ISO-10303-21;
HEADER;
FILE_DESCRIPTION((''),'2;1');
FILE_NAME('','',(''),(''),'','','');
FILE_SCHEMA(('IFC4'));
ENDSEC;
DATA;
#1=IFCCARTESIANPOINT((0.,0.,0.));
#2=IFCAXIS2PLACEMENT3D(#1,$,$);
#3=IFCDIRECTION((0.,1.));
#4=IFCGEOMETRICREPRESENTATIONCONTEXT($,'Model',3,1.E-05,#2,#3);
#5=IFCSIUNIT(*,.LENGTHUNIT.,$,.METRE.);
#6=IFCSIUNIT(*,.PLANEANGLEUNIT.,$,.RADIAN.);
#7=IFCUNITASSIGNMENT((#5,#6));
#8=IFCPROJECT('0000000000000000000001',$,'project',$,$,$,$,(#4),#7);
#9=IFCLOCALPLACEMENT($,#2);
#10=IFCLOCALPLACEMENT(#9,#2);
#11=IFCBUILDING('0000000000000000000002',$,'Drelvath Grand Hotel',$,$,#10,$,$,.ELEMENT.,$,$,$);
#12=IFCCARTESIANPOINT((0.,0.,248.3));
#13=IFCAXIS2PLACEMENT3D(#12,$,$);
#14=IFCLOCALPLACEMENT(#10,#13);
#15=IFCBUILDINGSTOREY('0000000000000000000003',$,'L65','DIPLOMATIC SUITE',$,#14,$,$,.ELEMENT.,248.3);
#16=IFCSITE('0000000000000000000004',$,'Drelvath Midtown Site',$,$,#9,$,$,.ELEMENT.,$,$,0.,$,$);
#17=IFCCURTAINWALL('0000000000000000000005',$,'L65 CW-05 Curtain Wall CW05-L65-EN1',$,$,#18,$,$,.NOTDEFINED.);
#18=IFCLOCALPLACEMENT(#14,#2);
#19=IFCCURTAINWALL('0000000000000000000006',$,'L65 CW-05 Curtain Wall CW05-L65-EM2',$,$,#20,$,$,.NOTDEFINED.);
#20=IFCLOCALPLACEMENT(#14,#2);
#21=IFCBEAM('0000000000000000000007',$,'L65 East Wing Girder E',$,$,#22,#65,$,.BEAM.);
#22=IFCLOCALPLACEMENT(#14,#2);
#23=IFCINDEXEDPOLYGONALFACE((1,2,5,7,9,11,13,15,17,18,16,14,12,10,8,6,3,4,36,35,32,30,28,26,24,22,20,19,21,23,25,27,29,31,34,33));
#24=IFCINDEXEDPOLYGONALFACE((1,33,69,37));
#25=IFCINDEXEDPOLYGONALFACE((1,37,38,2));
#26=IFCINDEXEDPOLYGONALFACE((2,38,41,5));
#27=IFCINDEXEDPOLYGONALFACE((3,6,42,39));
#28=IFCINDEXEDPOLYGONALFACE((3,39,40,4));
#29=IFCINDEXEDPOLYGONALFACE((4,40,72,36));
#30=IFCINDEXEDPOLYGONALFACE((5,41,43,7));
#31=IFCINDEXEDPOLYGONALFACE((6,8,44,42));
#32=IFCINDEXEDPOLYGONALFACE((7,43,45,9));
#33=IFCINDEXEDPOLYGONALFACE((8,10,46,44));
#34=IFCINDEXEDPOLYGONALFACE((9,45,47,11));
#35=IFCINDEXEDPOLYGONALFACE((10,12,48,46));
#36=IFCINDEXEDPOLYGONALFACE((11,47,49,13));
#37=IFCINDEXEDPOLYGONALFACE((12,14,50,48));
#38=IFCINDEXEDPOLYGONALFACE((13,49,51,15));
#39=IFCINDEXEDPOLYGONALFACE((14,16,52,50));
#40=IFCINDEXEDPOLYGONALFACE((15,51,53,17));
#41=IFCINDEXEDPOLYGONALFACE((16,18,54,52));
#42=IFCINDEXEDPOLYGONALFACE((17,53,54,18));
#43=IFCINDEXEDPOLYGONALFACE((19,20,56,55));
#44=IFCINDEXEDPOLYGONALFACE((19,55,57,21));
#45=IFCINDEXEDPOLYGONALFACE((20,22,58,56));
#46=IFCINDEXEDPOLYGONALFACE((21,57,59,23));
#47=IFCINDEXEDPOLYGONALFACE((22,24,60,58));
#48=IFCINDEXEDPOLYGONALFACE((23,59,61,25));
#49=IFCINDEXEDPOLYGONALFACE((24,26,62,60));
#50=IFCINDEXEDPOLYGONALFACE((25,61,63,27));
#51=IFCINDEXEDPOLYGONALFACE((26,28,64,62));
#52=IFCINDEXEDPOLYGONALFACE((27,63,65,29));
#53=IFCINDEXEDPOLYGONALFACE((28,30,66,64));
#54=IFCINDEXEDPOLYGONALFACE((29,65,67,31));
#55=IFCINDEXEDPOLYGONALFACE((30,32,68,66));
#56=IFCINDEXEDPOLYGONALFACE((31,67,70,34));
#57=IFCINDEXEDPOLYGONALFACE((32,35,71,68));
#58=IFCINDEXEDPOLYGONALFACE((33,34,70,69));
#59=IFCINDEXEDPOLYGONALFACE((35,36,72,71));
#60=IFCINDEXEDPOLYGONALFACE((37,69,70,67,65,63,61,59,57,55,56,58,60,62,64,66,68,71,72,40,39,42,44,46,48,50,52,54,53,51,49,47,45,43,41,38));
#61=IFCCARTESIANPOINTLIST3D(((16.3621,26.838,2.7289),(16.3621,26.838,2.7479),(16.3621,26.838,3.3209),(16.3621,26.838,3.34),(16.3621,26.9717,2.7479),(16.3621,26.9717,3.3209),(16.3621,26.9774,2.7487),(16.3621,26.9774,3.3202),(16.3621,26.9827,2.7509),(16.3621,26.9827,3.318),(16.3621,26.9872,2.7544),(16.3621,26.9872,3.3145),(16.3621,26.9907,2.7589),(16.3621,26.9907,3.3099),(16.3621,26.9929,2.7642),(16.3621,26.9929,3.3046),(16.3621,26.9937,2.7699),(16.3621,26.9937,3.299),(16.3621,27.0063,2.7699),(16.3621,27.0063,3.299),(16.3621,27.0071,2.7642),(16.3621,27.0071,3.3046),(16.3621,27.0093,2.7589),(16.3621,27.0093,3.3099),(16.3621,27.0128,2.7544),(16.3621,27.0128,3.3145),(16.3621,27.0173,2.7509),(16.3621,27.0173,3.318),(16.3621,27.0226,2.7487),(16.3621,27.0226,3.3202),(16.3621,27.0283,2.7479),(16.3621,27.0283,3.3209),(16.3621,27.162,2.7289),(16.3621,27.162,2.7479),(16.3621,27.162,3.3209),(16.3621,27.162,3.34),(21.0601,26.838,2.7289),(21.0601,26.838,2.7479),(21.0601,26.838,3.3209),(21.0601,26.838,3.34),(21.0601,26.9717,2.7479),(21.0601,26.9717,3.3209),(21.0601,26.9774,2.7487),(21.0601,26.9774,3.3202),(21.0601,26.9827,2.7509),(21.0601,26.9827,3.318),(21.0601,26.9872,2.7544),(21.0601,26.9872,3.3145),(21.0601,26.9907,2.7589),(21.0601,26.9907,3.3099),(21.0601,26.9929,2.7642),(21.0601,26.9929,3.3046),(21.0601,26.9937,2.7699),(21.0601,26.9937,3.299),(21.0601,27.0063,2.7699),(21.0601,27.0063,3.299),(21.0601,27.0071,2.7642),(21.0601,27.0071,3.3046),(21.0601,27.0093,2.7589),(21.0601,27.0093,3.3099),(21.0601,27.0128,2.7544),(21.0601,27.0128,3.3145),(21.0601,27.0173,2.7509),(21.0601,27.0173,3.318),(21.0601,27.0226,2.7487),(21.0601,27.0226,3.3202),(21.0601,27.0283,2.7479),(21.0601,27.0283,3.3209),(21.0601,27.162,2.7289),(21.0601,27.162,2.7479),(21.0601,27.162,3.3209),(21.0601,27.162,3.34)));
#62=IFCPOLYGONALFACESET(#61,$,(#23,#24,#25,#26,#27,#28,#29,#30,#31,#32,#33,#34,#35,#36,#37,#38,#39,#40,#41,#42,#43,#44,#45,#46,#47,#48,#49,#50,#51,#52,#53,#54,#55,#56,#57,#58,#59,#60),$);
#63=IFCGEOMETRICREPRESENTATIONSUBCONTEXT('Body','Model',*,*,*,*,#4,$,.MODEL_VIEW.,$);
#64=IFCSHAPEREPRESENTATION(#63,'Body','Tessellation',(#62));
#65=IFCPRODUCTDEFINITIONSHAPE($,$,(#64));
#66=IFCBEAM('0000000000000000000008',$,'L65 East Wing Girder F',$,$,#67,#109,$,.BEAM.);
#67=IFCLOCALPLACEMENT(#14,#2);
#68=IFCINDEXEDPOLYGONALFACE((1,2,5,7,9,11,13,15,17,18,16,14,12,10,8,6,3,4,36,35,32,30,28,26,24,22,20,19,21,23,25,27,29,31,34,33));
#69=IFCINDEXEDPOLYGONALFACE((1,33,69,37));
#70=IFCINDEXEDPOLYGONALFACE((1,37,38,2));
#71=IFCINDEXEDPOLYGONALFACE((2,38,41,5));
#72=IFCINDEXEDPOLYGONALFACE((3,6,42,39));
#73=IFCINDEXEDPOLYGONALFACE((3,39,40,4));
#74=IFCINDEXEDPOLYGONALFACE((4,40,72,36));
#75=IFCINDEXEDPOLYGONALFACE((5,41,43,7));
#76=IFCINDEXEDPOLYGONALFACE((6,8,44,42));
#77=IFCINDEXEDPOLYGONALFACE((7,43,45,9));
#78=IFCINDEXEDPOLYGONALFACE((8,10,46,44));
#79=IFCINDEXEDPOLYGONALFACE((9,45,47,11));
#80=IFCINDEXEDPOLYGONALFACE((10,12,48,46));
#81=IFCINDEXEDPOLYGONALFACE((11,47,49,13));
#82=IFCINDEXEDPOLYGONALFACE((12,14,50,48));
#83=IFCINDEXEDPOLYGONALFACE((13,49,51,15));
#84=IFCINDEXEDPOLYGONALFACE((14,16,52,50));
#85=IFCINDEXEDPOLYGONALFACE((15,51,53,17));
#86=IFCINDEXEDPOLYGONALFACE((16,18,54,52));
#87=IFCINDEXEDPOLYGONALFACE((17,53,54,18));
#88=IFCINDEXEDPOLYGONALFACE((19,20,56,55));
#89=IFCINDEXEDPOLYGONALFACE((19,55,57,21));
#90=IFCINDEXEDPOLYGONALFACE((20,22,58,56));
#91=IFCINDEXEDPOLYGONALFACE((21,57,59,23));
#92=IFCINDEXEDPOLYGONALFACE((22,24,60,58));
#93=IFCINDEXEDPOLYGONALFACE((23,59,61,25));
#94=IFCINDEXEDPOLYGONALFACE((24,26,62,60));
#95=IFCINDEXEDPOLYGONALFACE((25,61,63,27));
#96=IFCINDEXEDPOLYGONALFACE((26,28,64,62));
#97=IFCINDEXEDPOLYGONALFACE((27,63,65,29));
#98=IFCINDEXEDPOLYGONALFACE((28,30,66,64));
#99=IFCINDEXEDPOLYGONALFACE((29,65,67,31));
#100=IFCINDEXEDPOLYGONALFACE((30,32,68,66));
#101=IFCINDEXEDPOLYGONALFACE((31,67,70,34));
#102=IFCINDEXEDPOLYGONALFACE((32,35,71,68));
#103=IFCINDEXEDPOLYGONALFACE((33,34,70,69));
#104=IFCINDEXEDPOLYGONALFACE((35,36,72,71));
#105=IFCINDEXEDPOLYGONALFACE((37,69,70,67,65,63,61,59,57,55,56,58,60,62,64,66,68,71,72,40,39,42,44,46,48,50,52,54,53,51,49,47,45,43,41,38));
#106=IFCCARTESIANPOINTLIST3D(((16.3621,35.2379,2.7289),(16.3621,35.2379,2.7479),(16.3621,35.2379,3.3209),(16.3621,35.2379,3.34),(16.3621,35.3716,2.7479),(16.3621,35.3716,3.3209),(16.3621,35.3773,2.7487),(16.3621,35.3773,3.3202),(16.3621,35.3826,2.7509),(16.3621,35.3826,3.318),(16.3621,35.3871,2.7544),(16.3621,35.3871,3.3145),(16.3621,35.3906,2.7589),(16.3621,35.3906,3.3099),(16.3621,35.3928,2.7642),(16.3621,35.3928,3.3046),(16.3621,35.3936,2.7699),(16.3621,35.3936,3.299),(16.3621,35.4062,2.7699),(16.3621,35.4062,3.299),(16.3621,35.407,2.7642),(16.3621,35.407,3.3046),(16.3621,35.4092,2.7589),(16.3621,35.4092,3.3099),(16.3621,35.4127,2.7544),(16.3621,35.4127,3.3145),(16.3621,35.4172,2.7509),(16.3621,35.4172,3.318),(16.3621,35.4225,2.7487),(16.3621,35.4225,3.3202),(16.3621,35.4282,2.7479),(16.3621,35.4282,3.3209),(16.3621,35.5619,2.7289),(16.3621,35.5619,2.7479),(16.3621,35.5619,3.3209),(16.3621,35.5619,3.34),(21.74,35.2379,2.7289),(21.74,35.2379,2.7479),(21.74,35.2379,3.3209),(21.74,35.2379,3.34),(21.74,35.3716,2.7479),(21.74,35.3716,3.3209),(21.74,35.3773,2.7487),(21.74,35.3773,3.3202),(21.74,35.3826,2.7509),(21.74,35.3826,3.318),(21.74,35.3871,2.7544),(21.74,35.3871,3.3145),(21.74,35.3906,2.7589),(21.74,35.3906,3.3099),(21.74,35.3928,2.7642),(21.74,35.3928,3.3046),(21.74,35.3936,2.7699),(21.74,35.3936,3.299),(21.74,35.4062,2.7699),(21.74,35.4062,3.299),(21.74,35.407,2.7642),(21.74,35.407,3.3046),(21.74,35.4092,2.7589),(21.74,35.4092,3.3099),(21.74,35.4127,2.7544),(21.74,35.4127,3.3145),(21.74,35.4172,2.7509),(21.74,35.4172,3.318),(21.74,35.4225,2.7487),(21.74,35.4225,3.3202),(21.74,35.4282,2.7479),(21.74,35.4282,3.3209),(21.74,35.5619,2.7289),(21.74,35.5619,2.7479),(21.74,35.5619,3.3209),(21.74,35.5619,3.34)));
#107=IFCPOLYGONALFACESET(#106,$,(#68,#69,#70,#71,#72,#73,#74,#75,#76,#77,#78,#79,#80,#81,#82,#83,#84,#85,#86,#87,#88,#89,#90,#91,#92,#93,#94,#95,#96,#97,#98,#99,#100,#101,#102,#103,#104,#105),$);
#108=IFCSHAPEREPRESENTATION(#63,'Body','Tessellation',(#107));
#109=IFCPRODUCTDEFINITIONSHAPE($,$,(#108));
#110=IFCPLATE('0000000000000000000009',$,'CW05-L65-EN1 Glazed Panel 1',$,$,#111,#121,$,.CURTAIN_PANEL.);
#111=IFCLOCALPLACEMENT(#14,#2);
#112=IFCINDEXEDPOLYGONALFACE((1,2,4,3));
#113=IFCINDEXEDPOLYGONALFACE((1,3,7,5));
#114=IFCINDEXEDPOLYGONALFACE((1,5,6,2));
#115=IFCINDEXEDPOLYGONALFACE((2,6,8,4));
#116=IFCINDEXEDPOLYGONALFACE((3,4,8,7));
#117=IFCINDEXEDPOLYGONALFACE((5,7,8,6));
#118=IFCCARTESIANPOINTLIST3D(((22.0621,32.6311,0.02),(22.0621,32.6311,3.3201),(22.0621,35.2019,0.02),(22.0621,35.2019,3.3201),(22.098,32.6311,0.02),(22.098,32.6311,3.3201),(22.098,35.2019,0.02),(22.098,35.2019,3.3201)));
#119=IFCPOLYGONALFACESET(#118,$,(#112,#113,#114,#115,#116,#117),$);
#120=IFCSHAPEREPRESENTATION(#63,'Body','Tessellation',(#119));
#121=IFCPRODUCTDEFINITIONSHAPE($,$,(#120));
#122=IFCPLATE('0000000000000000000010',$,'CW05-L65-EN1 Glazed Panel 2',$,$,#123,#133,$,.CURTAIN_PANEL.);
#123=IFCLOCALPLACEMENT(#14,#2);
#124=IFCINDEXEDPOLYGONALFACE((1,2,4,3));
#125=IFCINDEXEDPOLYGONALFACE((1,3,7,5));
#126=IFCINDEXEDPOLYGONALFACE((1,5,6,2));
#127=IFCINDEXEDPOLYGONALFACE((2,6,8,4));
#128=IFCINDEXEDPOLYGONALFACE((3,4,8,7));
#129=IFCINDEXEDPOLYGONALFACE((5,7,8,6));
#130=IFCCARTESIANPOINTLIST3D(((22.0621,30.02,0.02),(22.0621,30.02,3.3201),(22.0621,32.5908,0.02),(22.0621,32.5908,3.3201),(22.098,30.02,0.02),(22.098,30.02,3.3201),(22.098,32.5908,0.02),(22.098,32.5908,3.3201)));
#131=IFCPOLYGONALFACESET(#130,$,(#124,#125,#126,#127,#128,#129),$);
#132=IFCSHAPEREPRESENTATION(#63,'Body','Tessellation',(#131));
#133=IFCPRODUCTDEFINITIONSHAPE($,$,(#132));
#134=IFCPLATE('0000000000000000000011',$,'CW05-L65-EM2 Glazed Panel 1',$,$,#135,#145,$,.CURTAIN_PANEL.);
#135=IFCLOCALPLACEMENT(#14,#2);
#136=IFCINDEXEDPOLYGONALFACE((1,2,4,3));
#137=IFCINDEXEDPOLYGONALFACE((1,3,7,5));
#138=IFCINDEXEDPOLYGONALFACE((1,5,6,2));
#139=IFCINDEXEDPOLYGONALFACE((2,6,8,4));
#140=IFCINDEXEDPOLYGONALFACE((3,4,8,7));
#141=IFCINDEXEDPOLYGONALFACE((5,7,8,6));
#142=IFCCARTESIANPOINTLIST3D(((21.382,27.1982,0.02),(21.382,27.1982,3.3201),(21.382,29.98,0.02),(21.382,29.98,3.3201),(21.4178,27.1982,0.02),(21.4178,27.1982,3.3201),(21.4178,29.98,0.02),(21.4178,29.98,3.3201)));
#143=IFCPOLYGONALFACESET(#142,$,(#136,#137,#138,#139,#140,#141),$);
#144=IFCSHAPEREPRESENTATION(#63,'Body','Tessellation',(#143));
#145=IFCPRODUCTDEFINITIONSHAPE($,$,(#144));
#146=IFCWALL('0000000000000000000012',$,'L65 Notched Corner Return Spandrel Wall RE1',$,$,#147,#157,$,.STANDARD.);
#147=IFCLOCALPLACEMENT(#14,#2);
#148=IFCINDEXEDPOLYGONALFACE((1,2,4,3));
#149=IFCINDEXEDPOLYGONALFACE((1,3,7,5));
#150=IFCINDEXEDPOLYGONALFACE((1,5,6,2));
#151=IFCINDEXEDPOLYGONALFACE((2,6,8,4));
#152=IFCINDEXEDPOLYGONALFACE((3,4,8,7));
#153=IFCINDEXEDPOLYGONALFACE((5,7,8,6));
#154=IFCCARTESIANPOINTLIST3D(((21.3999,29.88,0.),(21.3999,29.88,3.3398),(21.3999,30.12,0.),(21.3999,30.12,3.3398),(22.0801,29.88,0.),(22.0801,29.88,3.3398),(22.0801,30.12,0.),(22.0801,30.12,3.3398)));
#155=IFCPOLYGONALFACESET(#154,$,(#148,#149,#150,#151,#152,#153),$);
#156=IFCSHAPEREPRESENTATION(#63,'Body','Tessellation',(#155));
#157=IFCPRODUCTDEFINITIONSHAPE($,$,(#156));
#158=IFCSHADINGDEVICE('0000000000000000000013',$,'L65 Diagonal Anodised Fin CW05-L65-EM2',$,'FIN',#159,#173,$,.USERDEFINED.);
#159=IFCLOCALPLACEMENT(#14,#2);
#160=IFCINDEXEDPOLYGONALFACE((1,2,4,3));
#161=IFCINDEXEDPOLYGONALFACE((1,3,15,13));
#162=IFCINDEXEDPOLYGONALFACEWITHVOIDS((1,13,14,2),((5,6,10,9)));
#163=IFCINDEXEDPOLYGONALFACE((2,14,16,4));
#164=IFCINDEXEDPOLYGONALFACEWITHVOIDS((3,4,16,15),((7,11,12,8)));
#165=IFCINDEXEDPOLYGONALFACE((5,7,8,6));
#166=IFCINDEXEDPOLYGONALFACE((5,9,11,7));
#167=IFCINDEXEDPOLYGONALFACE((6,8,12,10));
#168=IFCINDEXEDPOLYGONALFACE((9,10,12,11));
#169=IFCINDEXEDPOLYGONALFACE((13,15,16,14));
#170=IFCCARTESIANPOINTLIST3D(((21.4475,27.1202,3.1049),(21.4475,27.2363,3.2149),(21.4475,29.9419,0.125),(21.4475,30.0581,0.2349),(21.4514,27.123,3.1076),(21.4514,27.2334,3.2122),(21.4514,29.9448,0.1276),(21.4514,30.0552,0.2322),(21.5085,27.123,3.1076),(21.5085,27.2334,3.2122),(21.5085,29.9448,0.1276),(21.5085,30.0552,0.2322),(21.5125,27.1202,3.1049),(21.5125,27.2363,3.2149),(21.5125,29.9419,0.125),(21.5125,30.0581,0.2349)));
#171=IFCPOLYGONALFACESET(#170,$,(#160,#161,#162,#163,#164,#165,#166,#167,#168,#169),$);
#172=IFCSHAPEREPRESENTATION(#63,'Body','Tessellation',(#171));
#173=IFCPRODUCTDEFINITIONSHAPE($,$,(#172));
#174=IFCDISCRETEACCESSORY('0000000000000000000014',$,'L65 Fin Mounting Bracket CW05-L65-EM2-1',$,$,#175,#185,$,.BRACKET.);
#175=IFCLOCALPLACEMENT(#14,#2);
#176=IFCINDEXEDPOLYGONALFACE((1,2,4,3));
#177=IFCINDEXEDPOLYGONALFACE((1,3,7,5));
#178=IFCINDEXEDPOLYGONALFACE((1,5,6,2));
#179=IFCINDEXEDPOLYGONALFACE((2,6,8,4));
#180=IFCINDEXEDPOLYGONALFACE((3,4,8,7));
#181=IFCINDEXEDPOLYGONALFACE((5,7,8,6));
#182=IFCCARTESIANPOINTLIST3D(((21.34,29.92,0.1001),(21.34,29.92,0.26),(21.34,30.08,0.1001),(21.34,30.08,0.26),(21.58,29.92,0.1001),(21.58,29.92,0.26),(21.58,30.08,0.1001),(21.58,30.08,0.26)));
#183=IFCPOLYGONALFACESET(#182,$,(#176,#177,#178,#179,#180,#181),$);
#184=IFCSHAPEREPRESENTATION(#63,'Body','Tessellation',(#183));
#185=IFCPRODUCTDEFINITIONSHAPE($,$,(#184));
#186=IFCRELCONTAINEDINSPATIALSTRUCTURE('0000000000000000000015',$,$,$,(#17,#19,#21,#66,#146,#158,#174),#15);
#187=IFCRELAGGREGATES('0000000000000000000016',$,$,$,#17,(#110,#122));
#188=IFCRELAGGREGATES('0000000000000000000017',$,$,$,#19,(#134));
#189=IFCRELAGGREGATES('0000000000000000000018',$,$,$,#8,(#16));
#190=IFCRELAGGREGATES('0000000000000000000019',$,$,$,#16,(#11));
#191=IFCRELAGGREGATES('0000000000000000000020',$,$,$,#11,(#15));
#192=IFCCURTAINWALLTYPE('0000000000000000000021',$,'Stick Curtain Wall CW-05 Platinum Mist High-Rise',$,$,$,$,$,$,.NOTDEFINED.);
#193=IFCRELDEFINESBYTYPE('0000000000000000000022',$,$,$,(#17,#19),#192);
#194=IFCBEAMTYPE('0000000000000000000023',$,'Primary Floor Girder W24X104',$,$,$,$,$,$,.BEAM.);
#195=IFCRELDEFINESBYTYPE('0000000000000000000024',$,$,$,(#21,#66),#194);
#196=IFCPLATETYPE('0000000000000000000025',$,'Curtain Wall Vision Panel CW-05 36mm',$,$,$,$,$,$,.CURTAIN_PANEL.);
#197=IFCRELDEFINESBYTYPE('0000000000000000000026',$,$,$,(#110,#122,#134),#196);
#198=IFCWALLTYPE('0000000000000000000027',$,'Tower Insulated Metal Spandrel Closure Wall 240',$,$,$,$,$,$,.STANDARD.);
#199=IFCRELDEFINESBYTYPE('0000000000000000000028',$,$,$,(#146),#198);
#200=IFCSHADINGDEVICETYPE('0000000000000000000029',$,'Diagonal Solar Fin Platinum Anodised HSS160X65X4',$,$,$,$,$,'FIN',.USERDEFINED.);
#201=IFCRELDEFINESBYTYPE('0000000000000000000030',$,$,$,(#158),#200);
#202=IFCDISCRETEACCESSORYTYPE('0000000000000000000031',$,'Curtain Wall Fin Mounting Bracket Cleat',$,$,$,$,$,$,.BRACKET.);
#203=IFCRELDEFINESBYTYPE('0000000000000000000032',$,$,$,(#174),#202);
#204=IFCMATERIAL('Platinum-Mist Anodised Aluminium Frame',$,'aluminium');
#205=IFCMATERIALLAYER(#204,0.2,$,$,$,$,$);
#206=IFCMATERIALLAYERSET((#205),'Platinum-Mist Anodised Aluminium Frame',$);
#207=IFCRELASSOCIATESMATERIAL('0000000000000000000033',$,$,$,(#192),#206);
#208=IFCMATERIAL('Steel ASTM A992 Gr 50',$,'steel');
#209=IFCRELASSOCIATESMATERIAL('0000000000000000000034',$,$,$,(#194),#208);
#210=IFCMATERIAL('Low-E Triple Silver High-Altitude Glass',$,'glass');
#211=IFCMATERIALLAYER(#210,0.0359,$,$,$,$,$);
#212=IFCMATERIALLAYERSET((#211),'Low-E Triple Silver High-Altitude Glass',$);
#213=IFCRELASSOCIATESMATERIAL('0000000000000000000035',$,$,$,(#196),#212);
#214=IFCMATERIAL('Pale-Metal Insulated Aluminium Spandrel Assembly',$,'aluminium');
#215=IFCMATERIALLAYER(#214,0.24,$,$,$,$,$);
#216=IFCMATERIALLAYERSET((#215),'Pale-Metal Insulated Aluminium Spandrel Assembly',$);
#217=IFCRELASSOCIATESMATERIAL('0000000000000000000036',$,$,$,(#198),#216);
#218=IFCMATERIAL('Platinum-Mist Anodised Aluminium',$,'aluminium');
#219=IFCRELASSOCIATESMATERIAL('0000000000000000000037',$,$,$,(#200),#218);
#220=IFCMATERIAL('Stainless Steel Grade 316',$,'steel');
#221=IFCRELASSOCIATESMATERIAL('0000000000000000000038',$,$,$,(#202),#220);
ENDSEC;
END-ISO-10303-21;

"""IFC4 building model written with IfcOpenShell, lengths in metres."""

from ifc_helpers import new_model, si_unit, direction, frame, frame_2d, origin, origin_2d, place, context, subcontext, project, spatial, rectangle, hollow_rectangle, i_section, extrude, material, layer, layer_set, material_profile, profile_set, type_object, element, aggregate, save


model = new_model("IFC4")

# Units and contexts
model_context = context("Model", 3, precision=1e-05, world=origin(), true_north=direction((0.0, 1.0)))
body_context = subcontext(model_context, "Body", "Model", "MODEL_VIEW")
ifc_project = project(units=[si_unit("LENGTHUNIT", "METRE"), si_unit("PLANEANGLEUNIT", "RADIAN")], contexts=[model_context])

# Site, building, storey
site_placement = place(None, origin())
site = spatial("IfcSite", under=ifc_project, at=site_placement, Name="Drelvath Midtown Site", CompositionType="ELEMENT", RefElevation=0.0)
building_placement = place(site_placement, origin())
building = spatial("IfcBuilding", under=site, at=building_placement, Name="Drelvath Grand Hotel", CompositionType="ELEMENT")
storey_placement = place(building_placement, frame((0.0, 0.0, 248.3)))
storey = spatial("IfcBuildingStorey", under=building, at=storey_placement, Name="L65", Description="DIPLOMATIC SUITE", CompositionType="ELEMENT", Elevation=248.3)

# Curtain walls
ifc_material_1 = material(Name="Platinum-Mist Anodised Aluminium Frame", Category="aluminium")
ifc_layer_1 = layer(ifc_material_1, 0.2)
ifc_layer_set_1 = layer_set([ifc_layer_1], Name="Platinum-Mist Anodised Aluminium Frame")
curtain_wall_type = type_object("IfcCurtainWallType", Name="Stick Curtain Wall CW-05 Platinum Mist High-Rise", PredefinedType="NOTDEFINED", material=ifc_layer_set_1)
curtain_wall_1_placement = place(storey_placement, origin())
curtain_wall_1 = element("IfcCurtainWall", 1, at=curtain_wall_1_placement, inside=storey, type_object=curtain_wall_type, Name="L65 CW-05 Curtain Wall CW05-L65-EN1", PredefinedType="NOTDEFINED")
curtain_wall_2_placement = place(storey_placement, origin())
curtain_wall_2 = element("IfcCurtainWall", 2, at=curtain_wall_2_placement, inside=storey, type_object=curtain_wall_type, Name="L65 CW-05 Curtain Wall CW05-L65-EM2", PredefinedType="NOTDEFINED")

# Beams
ifc_material_2 = material(Name="Steel ASTM A992 Gr 50", Category="steel")
ifc_material_profile_1 = material_profile(ifc_material_2, i_section(OverallWidth=0.324, OverallDepth=0.6111, WebThickness=0.0127, FlangeThickness=0.019, FilletRadius=0.022, at=origin_2d()), Name="W24X104")
ifc_profile_set_1 = profile_set([ifc_material_profile_1], Name="Steel ASTM A992 Gr 50")
beam_type_1 = type_object("IfcBeamType", Name="Primary Floor Girder W24X104", PredefinedType="BEAM", material=ifc_profile_set_1)
beam_1_placement = place(storey_placement, frame((16.3621, 27.0, 3.0344), z_axis=(1.0, 0.0, 0.0), x_axis=(0.0, 1.0, 0.0)))
element("IfcBeam", 3, at=beam_1_placement, inside=storey, type_object=beam_type_1, Name="L65 East Wing Girder E", PredefinedType="BEAM", context=body_context, shape_type="SweptSolid", body=[
    extrude(i_section(OverallWidth=0.324, OverallDepth=0.6111, WebThickness=0.0127, FlangeThickness=0.019, FilletRadius=0.022, at=origin_2d()), origin(), (0.0, 0.0, 1.0), 4.698),
])
beam_2_placement = place(storey_placement, frame((16.3621, 35.3999, 3.0344), z_axis=(1.0, 0.0, 0.0), x_axis=(0.0, 1.0, 0.0)))
element("IfcBeam", 4, at=beam_2_placement, inside=storey, type_object=beam_type_1, Name="L65 East Wing Girder F", PredefinedType="BEAM", context=body_context, shape_type="SweptSolid", body=[
    extrude(i_section(OverallWidth=0.324, OverallDepth=0.6111, WebThickness=0.0127, FlangeThickness=0.019, FilletRadius=0.022, at=origin_2d()), origin(), (0.0, 0.0, 1.0), 5.3779),
])

# Plates
ifc_material_3 = material(Name="Low-E Triple Silver High-Altitude Glass", Category="glass")
ifc_layer_2 = layer(ifc_material_3, 0.0359)
ifc_layer_set_2 = layer_set([ifc_layer_2], Name="Low-E Triple Silver High-Altitude Glass")
plate_type = type_object("IfcPlateType", Name="Curtain Wall Vision Panel CW-05 36mm", PredefinedType="CURTAIN_PANEL", material=ifc_layer_set_2)
plate_1_placement = place(storey_placement, frame((22.0801, 33.9165, 0.02), z_axis=(0.0, 0.0, 1.0), x_axis=(0.0, -1.0, 0.0)))
plate_1 = element("IfcPlate", 5, at=plate_1_placement, type_object=plate_type, Name="CW05-L65-EN1 Glazed Panel 1", PredefinedType="CURTAIN_PANEL", context=body_context, shape_type="SweptSolid", body=[
    extrude(rectangle(XDim=2.5708, YDim=0.0359, at=origin_2d()), origin(), (0.0, 0.0, 1.0), 3.3),
])
plate_2_placement = place(storey_placement, frame((22.0801, 31.3054, 0.02), z_axis=(0.0, 0.0, 1.0), x_axis=(0.0, -1.0, 0.0)))
plate_2 = element("IfcPlate", 6, at=plate_2_placement, type_object=plate_type, Name="CW05-L65-EN1 Glazed Panel 2", PredefinedType="CURTAIN_PANEL", context=body_context, shape_type="SweptSolid", body=[
    extrude(rectangle(XDim=2.5708, YDim=0.0359, at=origin_2d()), origin(), (0.0, 0.0, 1.0), 3.3),
])
aggregate(curtain_wall_1, [plate_1, plate_2])
plate_3_placement = place(storey_placement, frame((21.3999, 28.5891, 0.02), z_axis=(0.0, 0.0, 1.0), x_axis=(0.0, -1.0, 0.0)))
plate_3 = element("IfcPlate", 7, at=plate_3_placement, type_object=plate_type, Name="CW05-L65-EM2 Glazed Panel 1", PredefinedType="CURTAIN_PANEL", context=body_context, shape_type="SweptSolid", body=[
    extrude(rectangle(XDim=2.7817, YDim=0.0359, at=origin_2d()), origin(), (0.0, 0.0, 1.0), 3.3),
])
aggregate(curtain_wall_2, [plate_3])

# Wall
ifc_material_4 = material(Name="Pale-Metal Insulated Aluminium Spandrel Assembly", Category="aluminium")
ifc_layer_3 = layer(ifc_material_4, 0.24)
ifc_layer_set_3 = layer_set([ifc_layer_3], Name="Pale-Metal Insulated Aluminium Spandrel Assembly")
wall_type = type_object("IfcWallType", Name="Tower Insulated Metal Spandrel Closure Wall 240", PredefinedType="STANDARD", material=ifc_layer_set_3)
wall_placement = place(storey_placement, frame((22.0801, 30.0, 0.0), z_axis=(0.0, 0.0, 1.0), x_axis=(-1.0, 0.0, 0.0)))
element("IfcWall", 8, at=wall_placement, inside=storey, type_object=wall_type, Name="L65 Notched Corner Return Spandrel Wall RE1", PredefinedType="STANDARD", context=body_context, shape_type="SweptSolid", body=[
    extrude(rectangle(XDim=0.6802, YDim=0.24, at=frame_2d((0.3401, 0.0))), origin(), (0.0, 0.0, 1.0), 3.3398),
])

# Shading device
ifc_material_5 = material(Name="Platinum-Mist Anodised Aluminium", Category="aluminium")
ifc_material_profile_2 = material_profile(ifc_material_5, hollow_rectangle(XDim=0.0649, YDim=0.1599, WallThickness=0.0039, at=origin_2d()), Name="HSS160X65X4")
ifc_profile_set_2 = profile_set([ifc_material_profile_2], Name="Platinum-Mist Anodised Aluminium")
shading_device_type = type_object("IfcShadingDeviceType", Name="Diagonal Solar Fin Platinum Anodised HSS160X65X4", ElementType="FIN", PredefinedType="USERDEFINED", material=ifc_profile_set_2)
shading_device_placement = place(storey_placement, frame((21.48, 30.0, 0.1799), z_axis=(0.0, -0.68757, 0.726118), x_axis=(1.0, 0.0, 0.0)))
element("IfcShadingDevice", 9, at=shading_device_placement, inside=storey, type_object=shading_device_type, Name="L65 Diagonal Anodised Fin CW05-L65-EM2", ObjectType="FIN", PredefinedType="USERDEFINED", context=body_context, shape_type="SweptSolid", body=[
    extrude(hollow_rectangle(XDim=0.0649, YDim=0.1599, WallThickness=0.0039, at=origin_2d()), origin(), (0.0, 0.0, 1.0), 4.104),
])

# Discrete accessory
ifc_material_6 = material(Name="Stainless Steel Grade 316", Category="steel")
discrete_accessory_type = type_object("IfcDiscreteAccessoryType", Name="Curtain Wall Fin Mounting Bracket Cleat", PredefinedType="BRACKET", material=ifc_material_6)
discrete_accessory_placement = place(storey_placement, frame((21.46, 30.0, 0.1001), z_axis=(0.0, 0.0, 1.0), x_axis=(0.0, -1.0, 0.0)))
element("IfcDiscreteAccessory", 10, at=discrete_accessory_placement, inside=storey, type_object=discrete_accessory_type, Name="L65 Fin Mounting Bracket CW05-L65-EM2-1", PredefinedType="BRACKET", context=body_context, shape_type="SweptSolid", body=[
    extrude(rectangle(XDim=0.1599, YDim=0.24, at=origin_2d()), origin(), (0.0, 0.0, 1.0), 0.1599),
])

save(model, "model.ifc")
